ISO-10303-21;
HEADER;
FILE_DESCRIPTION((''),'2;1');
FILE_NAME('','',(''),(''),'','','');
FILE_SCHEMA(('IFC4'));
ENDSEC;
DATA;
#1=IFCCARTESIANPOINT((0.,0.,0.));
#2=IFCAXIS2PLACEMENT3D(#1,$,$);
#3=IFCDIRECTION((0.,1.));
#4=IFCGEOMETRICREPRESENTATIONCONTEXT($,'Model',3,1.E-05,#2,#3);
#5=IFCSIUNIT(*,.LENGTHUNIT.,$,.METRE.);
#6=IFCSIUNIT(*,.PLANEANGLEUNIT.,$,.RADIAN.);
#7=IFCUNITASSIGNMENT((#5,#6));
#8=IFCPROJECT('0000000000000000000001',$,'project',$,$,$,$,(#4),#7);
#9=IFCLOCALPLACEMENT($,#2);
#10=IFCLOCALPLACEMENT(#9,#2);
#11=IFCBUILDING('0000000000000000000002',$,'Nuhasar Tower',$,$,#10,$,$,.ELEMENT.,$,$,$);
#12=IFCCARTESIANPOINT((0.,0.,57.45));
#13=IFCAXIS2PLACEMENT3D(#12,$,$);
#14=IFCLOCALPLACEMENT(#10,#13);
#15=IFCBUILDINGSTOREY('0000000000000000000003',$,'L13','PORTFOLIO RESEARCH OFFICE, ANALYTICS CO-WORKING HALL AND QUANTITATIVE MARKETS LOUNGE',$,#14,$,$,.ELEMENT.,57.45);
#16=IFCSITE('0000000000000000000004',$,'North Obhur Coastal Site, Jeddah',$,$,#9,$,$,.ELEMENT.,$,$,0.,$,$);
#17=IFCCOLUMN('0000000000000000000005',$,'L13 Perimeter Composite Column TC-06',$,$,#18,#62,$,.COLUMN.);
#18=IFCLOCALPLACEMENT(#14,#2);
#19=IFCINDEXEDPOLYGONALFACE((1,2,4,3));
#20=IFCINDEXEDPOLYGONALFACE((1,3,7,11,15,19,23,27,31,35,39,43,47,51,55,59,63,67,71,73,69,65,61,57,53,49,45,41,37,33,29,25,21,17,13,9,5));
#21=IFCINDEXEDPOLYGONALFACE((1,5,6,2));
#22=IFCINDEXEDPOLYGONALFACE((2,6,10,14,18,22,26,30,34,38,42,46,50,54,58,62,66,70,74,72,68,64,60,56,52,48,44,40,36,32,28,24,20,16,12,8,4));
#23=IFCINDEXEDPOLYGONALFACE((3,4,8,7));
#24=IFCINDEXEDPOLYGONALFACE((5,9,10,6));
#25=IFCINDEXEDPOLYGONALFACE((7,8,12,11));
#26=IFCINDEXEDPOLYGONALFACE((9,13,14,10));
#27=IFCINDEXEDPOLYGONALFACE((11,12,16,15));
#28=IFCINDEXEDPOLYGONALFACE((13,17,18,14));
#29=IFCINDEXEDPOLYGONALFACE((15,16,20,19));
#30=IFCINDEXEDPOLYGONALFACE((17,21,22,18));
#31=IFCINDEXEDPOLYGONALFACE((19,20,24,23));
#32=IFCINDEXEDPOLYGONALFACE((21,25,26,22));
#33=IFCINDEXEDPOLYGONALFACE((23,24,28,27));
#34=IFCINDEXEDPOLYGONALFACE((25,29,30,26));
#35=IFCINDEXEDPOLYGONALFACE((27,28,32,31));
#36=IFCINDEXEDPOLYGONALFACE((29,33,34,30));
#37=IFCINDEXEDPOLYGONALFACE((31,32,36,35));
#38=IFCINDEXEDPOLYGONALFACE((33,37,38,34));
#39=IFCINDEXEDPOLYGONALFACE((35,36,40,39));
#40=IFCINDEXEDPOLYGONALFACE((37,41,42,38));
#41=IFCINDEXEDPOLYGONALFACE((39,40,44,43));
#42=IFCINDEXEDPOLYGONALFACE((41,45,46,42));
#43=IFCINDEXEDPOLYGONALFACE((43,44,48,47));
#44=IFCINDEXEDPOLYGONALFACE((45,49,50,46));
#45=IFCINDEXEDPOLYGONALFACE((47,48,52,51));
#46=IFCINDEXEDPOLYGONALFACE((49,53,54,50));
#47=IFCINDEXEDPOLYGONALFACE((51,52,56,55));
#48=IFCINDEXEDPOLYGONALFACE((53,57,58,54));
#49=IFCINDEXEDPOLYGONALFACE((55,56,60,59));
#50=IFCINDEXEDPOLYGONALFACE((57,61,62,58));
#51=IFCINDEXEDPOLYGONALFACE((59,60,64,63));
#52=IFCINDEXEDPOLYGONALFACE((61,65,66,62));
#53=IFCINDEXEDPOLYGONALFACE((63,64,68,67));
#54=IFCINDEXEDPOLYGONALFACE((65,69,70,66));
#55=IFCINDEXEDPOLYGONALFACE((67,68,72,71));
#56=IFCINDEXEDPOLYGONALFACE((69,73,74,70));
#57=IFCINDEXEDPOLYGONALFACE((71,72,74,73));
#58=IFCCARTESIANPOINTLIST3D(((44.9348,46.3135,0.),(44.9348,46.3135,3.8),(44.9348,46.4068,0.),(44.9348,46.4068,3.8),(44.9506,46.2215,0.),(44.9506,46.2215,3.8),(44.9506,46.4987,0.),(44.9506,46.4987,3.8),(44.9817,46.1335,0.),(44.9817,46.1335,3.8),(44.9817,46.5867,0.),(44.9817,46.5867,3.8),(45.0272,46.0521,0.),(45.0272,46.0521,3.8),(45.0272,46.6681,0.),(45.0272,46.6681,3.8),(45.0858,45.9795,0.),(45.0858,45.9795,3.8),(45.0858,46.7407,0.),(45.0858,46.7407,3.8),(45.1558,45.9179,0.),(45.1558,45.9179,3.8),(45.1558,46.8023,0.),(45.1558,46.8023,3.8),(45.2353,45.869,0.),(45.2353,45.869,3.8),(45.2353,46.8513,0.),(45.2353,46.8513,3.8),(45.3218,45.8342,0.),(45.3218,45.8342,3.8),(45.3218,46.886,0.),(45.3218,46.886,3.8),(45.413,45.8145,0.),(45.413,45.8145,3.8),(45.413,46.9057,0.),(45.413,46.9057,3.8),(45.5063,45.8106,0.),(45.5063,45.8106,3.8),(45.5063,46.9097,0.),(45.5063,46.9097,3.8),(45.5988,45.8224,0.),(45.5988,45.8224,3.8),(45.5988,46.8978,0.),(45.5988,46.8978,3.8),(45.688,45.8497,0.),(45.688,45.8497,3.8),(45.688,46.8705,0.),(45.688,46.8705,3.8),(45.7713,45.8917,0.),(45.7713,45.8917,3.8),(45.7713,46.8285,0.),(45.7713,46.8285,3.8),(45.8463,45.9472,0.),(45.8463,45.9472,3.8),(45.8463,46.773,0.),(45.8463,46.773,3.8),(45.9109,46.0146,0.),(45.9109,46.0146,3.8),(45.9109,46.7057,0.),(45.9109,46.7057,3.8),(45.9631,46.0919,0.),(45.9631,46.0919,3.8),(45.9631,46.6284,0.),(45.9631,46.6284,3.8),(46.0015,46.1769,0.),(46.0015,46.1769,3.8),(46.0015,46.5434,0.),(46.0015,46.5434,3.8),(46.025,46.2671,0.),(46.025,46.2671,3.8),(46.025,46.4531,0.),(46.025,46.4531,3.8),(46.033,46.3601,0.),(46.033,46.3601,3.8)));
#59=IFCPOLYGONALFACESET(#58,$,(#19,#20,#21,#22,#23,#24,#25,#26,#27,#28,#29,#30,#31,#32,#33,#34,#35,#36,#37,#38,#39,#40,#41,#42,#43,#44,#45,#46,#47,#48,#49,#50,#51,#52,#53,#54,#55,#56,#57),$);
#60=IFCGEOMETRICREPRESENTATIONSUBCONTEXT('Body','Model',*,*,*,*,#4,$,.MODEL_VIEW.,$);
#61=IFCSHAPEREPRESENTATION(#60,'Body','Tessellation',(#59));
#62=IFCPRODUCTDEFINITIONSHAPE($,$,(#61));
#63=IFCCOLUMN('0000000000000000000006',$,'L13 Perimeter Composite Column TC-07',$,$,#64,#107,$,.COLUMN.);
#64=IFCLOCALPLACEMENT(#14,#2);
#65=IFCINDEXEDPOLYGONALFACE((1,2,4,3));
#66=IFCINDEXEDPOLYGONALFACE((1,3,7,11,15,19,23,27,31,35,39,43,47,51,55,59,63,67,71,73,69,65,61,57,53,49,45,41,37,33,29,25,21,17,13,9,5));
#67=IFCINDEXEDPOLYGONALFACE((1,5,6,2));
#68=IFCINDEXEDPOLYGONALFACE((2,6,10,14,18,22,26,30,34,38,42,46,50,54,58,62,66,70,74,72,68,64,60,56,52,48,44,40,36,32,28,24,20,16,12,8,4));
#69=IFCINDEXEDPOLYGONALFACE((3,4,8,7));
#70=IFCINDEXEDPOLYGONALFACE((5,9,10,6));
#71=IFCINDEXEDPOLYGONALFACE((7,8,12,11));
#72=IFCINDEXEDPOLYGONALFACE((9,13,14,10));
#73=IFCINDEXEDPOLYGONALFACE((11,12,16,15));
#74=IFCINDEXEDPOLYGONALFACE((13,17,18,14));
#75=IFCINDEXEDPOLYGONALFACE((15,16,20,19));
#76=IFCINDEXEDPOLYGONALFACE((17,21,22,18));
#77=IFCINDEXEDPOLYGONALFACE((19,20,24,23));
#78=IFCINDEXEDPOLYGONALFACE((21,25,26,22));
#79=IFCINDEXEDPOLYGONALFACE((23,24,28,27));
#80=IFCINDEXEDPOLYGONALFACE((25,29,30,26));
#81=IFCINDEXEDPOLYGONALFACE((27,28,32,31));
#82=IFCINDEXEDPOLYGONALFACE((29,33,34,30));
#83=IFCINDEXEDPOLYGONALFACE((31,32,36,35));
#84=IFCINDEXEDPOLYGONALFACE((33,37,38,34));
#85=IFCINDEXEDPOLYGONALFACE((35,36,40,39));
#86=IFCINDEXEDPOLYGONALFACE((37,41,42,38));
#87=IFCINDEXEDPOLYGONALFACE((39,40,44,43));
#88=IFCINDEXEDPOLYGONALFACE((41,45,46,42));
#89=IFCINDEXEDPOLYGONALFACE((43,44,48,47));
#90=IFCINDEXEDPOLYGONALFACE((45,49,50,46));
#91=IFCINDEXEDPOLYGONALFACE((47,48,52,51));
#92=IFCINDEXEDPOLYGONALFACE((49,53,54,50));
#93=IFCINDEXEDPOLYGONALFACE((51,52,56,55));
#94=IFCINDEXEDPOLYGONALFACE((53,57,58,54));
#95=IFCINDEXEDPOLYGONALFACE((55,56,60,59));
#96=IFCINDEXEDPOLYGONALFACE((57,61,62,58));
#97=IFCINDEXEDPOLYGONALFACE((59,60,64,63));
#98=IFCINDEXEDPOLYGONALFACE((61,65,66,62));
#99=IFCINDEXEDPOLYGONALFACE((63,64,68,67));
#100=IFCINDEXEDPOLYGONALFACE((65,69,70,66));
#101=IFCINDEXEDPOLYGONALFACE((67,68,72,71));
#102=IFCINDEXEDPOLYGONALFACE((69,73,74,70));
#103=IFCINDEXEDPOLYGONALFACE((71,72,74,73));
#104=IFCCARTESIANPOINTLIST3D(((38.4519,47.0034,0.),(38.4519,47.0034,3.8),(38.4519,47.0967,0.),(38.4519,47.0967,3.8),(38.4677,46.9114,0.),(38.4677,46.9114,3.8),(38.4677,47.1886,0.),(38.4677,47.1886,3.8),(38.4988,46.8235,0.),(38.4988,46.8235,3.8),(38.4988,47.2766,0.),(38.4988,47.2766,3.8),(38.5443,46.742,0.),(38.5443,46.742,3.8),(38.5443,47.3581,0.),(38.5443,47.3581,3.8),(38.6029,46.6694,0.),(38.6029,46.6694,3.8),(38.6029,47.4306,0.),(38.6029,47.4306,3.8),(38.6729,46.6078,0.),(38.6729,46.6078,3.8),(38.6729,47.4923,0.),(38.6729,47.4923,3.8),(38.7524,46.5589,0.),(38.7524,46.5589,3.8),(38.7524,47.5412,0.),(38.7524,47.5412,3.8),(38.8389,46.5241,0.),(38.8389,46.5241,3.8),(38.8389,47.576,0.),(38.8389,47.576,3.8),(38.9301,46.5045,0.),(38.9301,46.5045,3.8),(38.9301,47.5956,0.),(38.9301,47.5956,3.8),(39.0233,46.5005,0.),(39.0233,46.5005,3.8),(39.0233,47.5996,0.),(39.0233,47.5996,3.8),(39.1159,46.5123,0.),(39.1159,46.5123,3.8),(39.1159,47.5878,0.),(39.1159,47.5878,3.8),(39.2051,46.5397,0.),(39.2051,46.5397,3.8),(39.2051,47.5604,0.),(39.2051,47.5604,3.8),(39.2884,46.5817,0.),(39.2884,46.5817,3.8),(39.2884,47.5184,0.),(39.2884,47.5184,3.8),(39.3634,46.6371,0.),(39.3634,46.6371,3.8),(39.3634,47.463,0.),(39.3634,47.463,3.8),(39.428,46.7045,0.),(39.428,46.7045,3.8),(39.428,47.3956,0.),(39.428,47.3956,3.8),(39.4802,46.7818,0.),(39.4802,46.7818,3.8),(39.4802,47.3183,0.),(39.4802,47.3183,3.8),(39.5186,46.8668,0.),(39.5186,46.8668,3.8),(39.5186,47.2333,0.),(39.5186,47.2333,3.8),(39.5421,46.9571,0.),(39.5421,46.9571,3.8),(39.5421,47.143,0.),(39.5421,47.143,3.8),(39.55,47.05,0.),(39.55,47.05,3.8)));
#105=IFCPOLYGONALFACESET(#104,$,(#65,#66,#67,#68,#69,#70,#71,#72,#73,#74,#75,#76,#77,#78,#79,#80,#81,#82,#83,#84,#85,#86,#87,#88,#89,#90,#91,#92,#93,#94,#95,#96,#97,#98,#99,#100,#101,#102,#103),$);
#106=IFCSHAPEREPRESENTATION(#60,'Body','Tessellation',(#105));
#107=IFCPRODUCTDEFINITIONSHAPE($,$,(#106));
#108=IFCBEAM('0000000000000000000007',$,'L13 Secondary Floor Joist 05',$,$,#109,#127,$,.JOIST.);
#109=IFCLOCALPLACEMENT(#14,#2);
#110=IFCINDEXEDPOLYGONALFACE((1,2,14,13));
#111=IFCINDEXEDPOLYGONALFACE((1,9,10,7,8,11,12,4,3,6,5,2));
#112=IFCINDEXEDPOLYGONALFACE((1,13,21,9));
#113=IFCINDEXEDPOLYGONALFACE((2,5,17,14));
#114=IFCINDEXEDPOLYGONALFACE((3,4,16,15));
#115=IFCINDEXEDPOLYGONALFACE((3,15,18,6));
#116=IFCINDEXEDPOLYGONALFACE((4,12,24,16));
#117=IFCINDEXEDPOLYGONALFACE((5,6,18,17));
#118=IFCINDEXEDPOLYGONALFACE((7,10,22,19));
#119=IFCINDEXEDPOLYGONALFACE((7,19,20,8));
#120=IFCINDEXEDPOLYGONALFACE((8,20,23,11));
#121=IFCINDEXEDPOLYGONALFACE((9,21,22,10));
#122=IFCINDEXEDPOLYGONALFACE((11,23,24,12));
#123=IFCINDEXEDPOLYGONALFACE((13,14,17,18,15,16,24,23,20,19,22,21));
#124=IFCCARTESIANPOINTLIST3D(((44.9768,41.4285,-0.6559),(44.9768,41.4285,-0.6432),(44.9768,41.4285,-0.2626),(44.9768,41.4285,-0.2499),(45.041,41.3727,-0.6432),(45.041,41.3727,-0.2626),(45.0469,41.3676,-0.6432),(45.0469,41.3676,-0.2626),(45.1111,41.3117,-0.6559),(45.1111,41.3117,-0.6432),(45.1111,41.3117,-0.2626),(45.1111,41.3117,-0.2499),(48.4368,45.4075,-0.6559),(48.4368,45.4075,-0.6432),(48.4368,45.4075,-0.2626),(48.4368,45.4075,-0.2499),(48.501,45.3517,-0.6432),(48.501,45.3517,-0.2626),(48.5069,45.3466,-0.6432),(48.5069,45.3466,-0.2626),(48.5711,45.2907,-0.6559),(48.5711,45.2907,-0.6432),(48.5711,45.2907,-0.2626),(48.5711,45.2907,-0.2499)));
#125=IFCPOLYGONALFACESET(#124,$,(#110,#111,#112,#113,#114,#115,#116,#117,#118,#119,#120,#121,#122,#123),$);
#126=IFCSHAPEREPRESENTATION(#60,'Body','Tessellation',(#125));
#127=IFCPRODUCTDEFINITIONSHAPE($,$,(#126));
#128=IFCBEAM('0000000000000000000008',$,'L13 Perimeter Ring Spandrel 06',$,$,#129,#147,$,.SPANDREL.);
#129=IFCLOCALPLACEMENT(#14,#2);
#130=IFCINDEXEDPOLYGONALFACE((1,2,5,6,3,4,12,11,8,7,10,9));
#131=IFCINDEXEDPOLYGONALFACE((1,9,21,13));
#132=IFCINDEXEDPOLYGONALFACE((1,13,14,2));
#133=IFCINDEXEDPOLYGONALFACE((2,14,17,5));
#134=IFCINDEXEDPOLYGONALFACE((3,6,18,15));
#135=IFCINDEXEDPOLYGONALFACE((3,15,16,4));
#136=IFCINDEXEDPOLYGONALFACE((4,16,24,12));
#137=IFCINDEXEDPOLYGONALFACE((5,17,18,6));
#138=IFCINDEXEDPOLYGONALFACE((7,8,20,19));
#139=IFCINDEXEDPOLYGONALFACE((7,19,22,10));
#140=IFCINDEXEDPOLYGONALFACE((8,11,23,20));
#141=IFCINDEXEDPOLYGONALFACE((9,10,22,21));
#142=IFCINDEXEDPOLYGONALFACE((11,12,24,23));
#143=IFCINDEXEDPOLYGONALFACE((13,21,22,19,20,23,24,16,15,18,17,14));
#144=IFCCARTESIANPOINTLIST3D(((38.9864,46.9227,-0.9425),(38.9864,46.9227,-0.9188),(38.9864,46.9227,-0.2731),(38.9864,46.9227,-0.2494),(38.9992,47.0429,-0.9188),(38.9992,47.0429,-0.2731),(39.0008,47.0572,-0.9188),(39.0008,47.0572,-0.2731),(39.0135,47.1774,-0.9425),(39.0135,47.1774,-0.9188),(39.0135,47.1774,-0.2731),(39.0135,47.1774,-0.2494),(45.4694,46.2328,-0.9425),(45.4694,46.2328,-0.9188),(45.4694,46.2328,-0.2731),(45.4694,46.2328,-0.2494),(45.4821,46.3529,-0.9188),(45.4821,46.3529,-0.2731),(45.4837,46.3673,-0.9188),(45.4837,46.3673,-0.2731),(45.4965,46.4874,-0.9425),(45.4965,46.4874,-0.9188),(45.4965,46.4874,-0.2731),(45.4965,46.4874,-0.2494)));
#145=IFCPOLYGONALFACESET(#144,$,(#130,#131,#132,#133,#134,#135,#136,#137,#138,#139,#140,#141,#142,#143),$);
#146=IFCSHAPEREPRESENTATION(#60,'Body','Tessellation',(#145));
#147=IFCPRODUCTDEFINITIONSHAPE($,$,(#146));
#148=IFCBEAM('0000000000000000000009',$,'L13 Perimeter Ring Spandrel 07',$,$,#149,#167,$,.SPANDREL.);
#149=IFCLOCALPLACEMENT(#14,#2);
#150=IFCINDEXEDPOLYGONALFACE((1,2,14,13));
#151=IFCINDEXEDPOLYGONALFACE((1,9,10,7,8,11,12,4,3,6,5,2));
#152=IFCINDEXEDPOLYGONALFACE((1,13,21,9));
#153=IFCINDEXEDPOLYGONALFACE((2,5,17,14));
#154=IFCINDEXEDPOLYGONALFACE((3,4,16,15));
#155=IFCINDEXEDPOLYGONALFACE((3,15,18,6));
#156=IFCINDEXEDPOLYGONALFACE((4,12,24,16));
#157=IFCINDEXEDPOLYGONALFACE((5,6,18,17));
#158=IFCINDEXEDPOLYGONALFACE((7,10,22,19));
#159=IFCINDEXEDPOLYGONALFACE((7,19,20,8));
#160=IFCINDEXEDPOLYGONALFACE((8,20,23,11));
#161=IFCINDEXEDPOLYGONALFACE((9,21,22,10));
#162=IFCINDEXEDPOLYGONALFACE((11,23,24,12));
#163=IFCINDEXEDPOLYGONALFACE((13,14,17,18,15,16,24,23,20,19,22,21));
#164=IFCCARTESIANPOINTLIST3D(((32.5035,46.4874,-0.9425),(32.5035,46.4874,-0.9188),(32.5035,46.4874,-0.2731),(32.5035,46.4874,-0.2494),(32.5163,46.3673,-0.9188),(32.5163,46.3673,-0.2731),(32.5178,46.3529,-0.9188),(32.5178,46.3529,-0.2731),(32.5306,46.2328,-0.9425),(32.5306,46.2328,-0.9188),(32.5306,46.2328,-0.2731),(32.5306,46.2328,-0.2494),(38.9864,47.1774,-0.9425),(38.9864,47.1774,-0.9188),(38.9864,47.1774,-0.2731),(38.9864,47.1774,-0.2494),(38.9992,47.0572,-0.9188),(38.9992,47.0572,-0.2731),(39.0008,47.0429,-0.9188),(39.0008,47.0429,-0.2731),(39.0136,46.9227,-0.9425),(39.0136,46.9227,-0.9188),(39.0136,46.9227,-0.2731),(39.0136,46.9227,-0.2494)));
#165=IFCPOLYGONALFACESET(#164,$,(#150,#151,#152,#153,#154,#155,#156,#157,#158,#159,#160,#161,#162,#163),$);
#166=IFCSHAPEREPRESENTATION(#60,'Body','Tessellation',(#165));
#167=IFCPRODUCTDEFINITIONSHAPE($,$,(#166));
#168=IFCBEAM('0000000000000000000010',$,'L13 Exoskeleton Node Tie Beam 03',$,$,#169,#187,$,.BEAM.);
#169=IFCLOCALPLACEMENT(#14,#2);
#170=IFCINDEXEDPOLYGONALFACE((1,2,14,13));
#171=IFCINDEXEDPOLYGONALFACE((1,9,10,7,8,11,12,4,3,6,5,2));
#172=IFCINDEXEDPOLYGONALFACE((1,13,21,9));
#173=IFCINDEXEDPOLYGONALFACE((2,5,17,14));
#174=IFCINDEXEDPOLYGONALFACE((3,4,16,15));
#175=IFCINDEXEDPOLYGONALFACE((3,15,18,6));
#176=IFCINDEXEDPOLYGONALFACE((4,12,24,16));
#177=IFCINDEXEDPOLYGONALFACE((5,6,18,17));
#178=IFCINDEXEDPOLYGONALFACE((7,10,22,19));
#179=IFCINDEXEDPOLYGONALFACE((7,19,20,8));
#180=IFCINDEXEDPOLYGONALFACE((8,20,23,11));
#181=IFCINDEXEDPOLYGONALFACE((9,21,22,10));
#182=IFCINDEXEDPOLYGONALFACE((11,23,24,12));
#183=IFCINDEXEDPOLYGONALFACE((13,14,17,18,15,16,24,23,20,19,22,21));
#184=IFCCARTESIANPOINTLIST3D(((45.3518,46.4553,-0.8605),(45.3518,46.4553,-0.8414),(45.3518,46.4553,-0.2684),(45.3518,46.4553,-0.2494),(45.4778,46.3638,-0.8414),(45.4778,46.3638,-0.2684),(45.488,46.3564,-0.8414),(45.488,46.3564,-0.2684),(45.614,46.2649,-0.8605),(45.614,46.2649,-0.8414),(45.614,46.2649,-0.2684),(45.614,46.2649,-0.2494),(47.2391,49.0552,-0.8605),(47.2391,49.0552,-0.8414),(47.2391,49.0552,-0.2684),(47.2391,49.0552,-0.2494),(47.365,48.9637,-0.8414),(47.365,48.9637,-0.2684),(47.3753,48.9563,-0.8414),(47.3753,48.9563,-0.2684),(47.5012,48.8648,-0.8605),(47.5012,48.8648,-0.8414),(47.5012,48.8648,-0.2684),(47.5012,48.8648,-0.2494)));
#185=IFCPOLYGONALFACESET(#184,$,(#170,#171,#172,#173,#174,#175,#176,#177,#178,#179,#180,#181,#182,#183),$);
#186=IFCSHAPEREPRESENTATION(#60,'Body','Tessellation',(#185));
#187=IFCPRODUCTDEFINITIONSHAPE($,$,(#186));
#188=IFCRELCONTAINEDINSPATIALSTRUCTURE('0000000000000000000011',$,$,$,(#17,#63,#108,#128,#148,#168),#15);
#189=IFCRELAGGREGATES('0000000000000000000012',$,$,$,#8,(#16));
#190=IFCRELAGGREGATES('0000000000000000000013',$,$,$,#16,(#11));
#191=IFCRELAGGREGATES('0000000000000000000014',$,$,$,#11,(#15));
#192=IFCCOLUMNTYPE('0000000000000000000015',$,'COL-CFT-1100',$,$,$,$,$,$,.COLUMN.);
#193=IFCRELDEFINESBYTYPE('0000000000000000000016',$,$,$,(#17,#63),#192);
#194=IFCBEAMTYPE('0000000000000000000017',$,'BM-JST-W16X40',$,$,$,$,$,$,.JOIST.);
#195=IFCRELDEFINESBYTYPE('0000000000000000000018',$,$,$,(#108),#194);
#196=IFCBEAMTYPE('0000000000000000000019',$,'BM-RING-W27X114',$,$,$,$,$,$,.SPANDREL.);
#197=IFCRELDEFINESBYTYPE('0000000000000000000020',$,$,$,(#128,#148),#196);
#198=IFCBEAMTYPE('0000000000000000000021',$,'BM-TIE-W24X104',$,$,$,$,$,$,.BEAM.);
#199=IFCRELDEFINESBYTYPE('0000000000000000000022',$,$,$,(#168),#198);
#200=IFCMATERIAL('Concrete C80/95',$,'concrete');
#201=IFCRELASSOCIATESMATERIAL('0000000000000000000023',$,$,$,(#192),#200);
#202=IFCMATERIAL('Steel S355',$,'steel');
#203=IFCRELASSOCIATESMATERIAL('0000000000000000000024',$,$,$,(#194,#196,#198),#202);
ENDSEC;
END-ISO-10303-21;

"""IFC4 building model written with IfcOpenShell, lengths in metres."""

from ifc_helpers import new_model, si_unit, direction, frame, origin, origin_2d, place, context, subcontext, project, spatial, circle, i_section, extrude, material, material_profile, profile_set, type_object, element, save


model = new_model("IFC4")

# Units and contexts
model_context = context("Model", 3, precision=1e-05, world=origin(), true_north=direction((0.0, 1.0)))
body_context = subcontext(model_context, "Body", "Model", "MODEL_VIEW")
ifc_project = project(units=[si_unit("LENGTHUNIT", "METRE"), si_unit("PLANEANGLEUNIT", "RADIAN")], contexts=[model_context])

# Site, building, storey
site_placement = place(None, origin())
site = spatial("IfcSite", under=ifc_project, at=site_placement, Name="North Obhur Coastal Site, Jeddah", CompositionType="ELEMENT", RefElevation=0.0)
building_placement = place(site_placement, origin())
building = spatial("IfcBuilding", under=site, at=building_placement, Name="Nuhasar Tower", CompositionType="ELEMENT")
storey_placement = place(building_placement, frame((0.0, 0.0, 57.45)))
storey = spatial("IfcBuildingStorey", under=building, at=storey_placement, Name="L13", Description="PORTFOLIO RESEARCH OFFICE, ANALYTICS CO-WORKING HALL AND QUANTITATIVE MARKETS LOUNGE", CompositionType="ELEMENT", Elevation=57.45)

# Columns
ifc_material_1 = material(Name="Concrete C80/95", Category="concrete")
ifc_material_profile_1 = material_profile(ifc_material_1, circle(Radius=0.55, at=origin_2d()), Name="CFT1100")
ifc_profile_set_1 = profile_set([ifc_material_profile_1], Name="Concrete C80/95")
column_type = type_object("IfcColumnType", Name="COL-CFT-1100", PredefinedType="COLUMN", material=ifc_profile_set_1)
for number, where, z_axis, x_axis, name in (
    (1, (45.4829, 46.3601, 0.0), (0.0, 0.0, 1.0), (1.0, 0.0, 0.0), "L13 Perimeter Composite Column TC-06"),
    (2, (39.0, 47.05, 0.0), (0.0, 0.0, 1.0), (1.0, 0.0, 0.0), "L13 Perimeter Composite Column TC-07"),
):
    element("IfcColumn", number, at=place(storey_placement, frame(where, z_axis=z_axis, x_axis=x_axis)), inside=storey, type_object=column_type, Name=name, PredefinedType="COLUMN", context=body_context, shape_type="SweptSolid", body=[
        extrude(circle(Radius=0.55, at=origin_2d()), origin(), (0.0, 0.0, 1.0), 3.8),
    ])

# Beams
ifc_material_2 = material(Name="Steel S355", Category="steel")
ifc_material_profile_2 = material_profile(ifc_material_2, i_section(OverallWidth=0.178, OverallDepth=0.406, WebThickness=0.0078, FlangeThickness=0.0127, at=origin_2d()), Name="W16X40")
ifc_profile_set_2 = profile_set([ifc_material_profile_2], Name="Steel S355")
beam_type_1 = type_object("IfcBeamType", Name="BM-JST-W16X40", PredefinedType="JOIST", material=ifc_profile_set_2)
beam_1_placement = place(storey_placement, frame((45.0439, 41.3701, -0.4529), z_axis=(0.656174, 0.75461, 0.0), x_axis=(-0.75461, 0.656174, 0.0)))
element("IfcBeam", 3, at=beam_1_placement, inside=storey, type_object=beam_type_1, Name="L13 Secondary Floor Joist 05", PredefinedType="JOIST", context=body_context, shape_type="SweptSolid", body=[
    extrude(i_section(OverallWidth=0.178, OverallDepth=0.406, WebThickness=0.0078, FlangeThickness=0.0127, at=origin_2d()), origin(), (0.0, 0.0, 1.0), 5.2729),
])
ifc_material_profile_3 = material_profile(ifc_material_2, i_section(OverallWidth=0.2561, OverallDepth=0.6931, WebThickness=0.0144, FlangeThickness=0.0237, at=origin_2d()), Name="W27X114")
ifc_profile_set_3 = profile_set([ifc_material_profile_3], Name="Steel S355")
beam_type_2 = type_object("IfcBeamType", Name="BM-RING-W27X114", PredefinedType="SPANDREL", material=ifc_profile_set_3)
for number, where, z_axis, x_axis, name in (
    (4, (45.4829, 46.3601, -0.5959), (-0.994385, 0.105827, 0.0), (-0.105827, -0.994385, 0.0), "L13 Perimeter Ring Spandrel 06"),
    (5, (39.0, 47.05, -0.5959), (-0.994385, -0.105827, 0.0), (0.105827, -0.994385, 0.0), "L13 Perimeter Ring Spandrel 07"),
):
    element("IfcBeam", number, at=place(storey_placement, frame(where, z_axis=z_axis, x_axis=x_axis)), inside=storey, type_object=beam_type_2, Name=name, PredefinedType="SPANDREL", context=body_context, shape_type="SweptSolid", body=[
        extrude(i_section(OverallWidth=0.2561, OverallDepth=0.6931, WebThickness=0.0144, FlangeThickness=0.0237, at=origin_2d()), origin(), (0.0, 0.0, 1.0), 6.5195),
    ])
ifc_material_profile_4 = material_profile(ifc_material_2, i_section(OverallWidth=0.324, OverallDepth=0.6111, WebThickness=0.0127, FlangeThickness=0.019, at=origin_2d()), Name="W24X104")
ifc_profile_set_4 = profile_set([ifc_material_profile_4], Name="Steel S355")
beam_type_3 = type_object("IfcBeamType", Name="BM-TIE-W24X104", PredefinedType="BEAM", material=ifc_profile_set_4)
beam_2_placement = place(storey_placement, frame((45.4829, 46.3601, -0.5549), z_axis=(0.587439, 0.809268, 0.0), x_axis=(-0.809268, 0.587439, 0.0)))
element("IfcBeam", 6, at=beam_2_placement, inside=storey, type_object=beam_type_3, Name="L13 Exoskeleton Node Tie Beam 03", PredefinedType="BEAM", context=body_context, shape_type="SweptSolid", body=[
    extrude(i_section(OverallWidth=0.324, OverallDepth=0.6111, WebThickness=0.0127, FlangeThickness=0.019, at=origin_2d()), origin(), (0.0, 0.0, 1.0), 3.2126),
])

save(model, "model.ifc")
